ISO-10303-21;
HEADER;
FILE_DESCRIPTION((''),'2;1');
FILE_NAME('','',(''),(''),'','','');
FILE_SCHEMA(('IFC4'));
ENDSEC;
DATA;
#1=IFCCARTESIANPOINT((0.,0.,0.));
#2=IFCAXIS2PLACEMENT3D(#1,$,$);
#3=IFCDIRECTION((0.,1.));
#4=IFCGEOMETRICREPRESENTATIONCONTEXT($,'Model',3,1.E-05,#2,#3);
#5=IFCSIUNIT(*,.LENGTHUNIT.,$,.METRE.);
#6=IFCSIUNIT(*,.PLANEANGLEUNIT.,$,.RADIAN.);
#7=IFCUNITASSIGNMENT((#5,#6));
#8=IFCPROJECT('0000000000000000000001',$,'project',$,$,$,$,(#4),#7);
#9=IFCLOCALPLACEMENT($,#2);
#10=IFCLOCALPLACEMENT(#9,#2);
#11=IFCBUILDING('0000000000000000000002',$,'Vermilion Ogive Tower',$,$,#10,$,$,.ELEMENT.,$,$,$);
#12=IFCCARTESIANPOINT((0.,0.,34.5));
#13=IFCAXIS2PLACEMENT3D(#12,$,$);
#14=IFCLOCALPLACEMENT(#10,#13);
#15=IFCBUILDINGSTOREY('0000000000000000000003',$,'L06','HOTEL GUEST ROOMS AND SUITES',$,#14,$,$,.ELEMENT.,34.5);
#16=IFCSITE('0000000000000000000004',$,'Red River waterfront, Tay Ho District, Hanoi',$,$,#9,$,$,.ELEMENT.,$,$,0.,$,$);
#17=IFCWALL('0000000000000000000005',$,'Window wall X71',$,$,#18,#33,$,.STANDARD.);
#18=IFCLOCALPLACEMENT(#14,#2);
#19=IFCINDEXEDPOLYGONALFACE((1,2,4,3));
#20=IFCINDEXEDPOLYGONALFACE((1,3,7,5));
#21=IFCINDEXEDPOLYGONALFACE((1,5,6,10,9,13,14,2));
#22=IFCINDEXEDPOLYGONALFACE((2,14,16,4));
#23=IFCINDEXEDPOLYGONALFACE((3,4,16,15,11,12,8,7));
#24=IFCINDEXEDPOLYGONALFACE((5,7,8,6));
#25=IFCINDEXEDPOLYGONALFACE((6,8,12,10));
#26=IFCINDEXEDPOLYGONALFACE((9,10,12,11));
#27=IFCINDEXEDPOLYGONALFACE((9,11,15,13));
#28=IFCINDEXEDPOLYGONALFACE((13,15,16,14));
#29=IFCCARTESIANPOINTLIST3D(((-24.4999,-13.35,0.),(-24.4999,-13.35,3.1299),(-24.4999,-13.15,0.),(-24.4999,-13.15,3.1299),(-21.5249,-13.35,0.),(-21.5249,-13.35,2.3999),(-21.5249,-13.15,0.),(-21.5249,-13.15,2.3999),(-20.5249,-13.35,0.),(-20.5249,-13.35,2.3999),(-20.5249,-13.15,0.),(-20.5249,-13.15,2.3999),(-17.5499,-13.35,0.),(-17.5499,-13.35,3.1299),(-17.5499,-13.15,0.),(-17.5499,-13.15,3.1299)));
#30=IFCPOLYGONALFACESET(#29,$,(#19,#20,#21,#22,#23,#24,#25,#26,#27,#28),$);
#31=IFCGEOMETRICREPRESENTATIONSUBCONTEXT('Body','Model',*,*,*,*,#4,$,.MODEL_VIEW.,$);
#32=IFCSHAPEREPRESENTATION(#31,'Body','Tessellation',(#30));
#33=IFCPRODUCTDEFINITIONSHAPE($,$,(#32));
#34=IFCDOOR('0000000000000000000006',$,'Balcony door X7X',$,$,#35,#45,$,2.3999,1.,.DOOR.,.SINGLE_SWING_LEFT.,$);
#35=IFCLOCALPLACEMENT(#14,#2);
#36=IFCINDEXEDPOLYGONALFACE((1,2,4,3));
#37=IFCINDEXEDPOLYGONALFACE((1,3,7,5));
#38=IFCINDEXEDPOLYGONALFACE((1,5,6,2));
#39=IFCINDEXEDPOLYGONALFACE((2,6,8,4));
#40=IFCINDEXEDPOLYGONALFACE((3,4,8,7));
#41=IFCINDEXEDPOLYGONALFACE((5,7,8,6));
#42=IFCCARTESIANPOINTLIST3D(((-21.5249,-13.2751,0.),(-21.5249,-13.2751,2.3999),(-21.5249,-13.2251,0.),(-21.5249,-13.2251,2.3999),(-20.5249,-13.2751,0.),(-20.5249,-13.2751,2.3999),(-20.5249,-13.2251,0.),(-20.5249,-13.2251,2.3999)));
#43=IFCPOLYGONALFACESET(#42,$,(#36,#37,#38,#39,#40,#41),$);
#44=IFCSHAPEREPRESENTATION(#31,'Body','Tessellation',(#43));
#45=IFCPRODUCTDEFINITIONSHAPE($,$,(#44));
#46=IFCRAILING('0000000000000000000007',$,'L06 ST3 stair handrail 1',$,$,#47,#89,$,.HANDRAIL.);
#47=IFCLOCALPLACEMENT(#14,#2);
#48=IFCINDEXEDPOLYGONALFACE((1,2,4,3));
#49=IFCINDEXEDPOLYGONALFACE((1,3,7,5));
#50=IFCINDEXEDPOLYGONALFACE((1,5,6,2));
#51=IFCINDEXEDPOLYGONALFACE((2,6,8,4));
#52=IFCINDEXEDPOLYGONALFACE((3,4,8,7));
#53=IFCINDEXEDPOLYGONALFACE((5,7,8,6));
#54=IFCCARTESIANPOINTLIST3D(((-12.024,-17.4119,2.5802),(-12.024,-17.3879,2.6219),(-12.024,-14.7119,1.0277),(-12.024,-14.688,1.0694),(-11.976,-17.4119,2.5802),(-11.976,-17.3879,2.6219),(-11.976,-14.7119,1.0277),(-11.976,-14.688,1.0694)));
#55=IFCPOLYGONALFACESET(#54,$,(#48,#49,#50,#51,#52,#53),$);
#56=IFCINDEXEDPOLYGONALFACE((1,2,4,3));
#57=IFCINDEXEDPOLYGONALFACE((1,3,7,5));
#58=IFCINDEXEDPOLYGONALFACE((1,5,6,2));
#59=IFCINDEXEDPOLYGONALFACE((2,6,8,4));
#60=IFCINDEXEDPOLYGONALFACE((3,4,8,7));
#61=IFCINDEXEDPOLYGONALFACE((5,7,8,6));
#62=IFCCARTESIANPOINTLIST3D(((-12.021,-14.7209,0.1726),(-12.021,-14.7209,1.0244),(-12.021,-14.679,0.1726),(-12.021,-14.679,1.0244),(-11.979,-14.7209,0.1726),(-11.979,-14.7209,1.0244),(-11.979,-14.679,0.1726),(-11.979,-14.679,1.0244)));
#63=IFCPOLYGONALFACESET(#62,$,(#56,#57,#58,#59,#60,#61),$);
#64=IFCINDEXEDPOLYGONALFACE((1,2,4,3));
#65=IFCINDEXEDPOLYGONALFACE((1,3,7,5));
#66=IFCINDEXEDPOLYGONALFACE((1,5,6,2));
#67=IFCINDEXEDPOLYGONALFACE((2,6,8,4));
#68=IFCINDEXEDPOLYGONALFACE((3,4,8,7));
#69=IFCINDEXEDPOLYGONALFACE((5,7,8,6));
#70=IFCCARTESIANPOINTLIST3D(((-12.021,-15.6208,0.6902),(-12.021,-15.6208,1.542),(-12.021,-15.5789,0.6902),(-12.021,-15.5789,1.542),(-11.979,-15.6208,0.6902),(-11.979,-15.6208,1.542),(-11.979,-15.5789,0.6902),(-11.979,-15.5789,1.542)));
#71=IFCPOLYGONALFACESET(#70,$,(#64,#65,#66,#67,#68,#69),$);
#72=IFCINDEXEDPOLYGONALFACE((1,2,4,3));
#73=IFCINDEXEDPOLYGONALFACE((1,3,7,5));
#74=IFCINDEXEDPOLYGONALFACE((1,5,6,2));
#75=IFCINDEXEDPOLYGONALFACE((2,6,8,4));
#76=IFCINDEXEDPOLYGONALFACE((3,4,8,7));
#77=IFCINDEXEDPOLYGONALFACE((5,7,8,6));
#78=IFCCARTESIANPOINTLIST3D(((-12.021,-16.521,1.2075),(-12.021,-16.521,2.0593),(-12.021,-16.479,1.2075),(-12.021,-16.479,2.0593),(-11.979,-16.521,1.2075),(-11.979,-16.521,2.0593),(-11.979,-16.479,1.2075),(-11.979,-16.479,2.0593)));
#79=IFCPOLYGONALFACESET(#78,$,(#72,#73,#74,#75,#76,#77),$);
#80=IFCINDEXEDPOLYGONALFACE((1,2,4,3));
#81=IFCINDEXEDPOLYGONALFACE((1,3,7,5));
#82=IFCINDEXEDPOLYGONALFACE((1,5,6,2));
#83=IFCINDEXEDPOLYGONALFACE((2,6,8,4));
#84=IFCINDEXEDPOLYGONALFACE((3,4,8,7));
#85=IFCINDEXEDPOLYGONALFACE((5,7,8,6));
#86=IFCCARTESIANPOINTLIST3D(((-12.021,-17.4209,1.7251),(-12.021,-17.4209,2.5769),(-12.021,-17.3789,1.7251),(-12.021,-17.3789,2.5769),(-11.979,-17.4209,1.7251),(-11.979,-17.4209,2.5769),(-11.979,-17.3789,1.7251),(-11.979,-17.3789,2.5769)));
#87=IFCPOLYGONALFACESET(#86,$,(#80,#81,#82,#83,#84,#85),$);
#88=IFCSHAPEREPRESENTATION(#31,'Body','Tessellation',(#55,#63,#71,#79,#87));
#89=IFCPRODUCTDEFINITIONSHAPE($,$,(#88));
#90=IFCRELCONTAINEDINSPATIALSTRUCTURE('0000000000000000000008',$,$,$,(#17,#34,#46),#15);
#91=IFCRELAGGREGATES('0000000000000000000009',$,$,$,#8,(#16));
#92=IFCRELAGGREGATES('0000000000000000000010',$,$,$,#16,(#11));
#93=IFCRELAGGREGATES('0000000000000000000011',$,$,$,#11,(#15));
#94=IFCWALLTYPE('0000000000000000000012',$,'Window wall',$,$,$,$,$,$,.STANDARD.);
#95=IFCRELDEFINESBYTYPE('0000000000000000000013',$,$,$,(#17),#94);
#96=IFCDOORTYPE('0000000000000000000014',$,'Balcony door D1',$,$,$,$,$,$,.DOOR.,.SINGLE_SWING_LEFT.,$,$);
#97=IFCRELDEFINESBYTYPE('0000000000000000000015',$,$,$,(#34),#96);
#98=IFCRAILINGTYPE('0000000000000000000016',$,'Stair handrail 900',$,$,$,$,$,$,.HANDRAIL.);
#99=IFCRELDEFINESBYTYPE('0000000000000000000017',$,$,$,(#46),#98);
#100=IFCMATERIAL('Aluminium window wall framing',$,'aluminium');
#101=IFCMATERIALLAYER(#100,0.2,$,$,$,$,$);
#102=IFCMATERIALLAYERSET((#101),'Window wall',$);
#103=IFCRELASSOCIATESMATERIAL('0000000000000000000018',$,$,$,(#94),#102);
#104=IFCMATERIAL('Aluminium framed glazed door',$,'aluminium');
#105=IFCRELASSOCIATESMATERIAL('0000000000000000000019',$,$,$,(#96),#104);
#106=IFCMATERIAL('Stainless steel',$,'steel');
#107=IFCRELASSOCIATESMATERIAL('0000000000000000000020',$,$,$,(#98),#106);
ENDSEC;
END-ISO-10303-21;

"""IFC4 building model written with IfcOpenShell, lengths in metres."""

from ifc_helpers import new_model, si_unit, direction, frame, frame_2d, origin, origin_2d, place, context, subcontext, project, spatial, rectangle, extrude, material, layer, layer_set, type_object, element, fill, save


model = new_model("IFC4")

# Units and contexts
model_context = context("Model", 3, precision=1e-05, world=origin(), true_north=direction((0.0, 1.0)))
body_context = subcontext(model_context, "Body", "Model", "MODEL_VIEW")
ifc_project = project(units=[si_unit("LENGTHUNIT", "METRE"), si_unit("PLANEANGLEUNIT", "RADIAN")], contexts=[model_context])

# Site, building, storey
site_placement = place(None, origin())
site = spatial("IfcSite", under=ifc_project, at=site_placement, Name="Red River waterfront, Tay Ho District, Hanoi", CompositionType="ELEMENT", RefElevation=0.0)
building_placement = place(site_placement, origin())
building = spatial("IfcBuilding", under=site, at=building_placement, Name="Vermilion Ogive Tower", CompositionType="ELEMENT")
storey_placement = place(building_placement, frame((0.0, 0.0, 34.5)))
storey = spatial("IfcBuildingStorey", under=building, at=storey_placement, Name="L06", Description="HOTEL GUEST ROOMS AND SUITES", CompositionType="ELEMENT", Elevation=34.5)

# Wall, opening, door
ifc_material_1 = material(Name="Aluminium window wall framing", Category="aluminium")
ifc_layer_1 = layer(ifc_material_1, 0.2)
ifc_layer_set_1 = layer_set([ifc_layer_1], Name="Window wall")
wall_type_1 = type_object("IfcWallType", Name="Window wall", PredefinedType="STANDARD", material=ifc_layer_set_1)
wall_1_placement = place(storey_placement, frame((-24.5, -13.25, 0.0), z_axis=(0.0, 0.0, 1.0), x_axis=(1.0, 0.0, 0.0)))
wall_1 = element("IfcWall", 1, at=wall_1_placement, inside=storey, type_object=wall_type_1, Name="Window wall X71", PredefinedType="STANDARD", context=body_context, shape_type="SweptSolid", body=[
    extrude(rectangle(XDim=6.95, YDim=0.2, at=frame_2d((3.4751, 0.0))), origin(), (0.0, 0.0, 1.0), 3.1299),
])
opening_1_placement = place(wall_1_placement, frame((2.9751, 0.0, 0.0)))
opening_1 = element("IfcOpeningElement", 2, at=opening_1_placement, cuts=wall_1, PredefinedType="OPENING", context=body_context, shape_type="SweptSolid", body=[
    extrude(rectangle(XDim=1.0, YDim=2.3999, at=frame_2d((0.5, 1.2))), frame((0.0, 0.1099, 0.0), z_axis=(0.0, -1.0, 0.0), x_axis=(1.0, 0.0, 0.0)), (0.0, 0.0, 1.0), 0.22),
])
ifc_material_2 = material(Name="Aluminium framed glazed door", Category="aluminium")
door_type_1 = type_object("IfcDoorType", Name="Balcony door D1", OperationType="SINGLE_SWING_LEFT", PredefinedType="DOOR", material=ifc_material_2)
door_1_placement = place(opening_1_placement, origin())
door_1 = element("IfcDoor", 3, at=door_1_placement, inside=storey, type_object=door_type_1, Name="Balcony door X7X", OperationType="SINGLE_SWING_LEFT", OverallHeight=2.3999, OverallWidth=1.0, PredefinedType="DOOR", context=body_context, shape_type="SweptSolid", body=[
    extrude(rectangle(XDim=1.0, YDim=2.3999, at=frame_2d((0.5, 1.2))), frame((0.0, 0.0249, 0.0), z_axis=(0.0, -1.0, 0.0), x_axis=(1.0, 0.0, 0.0)), (0.0, 0.0, 1.0), 0.05),
])
fill(opening_1, door_1)

# Railing
ifc_material_3 = material(Name="Stainless steel", Category="steel")
railing_type = type_object("IfcRailingType", Name="Stair handrail 900", PredefinedType="HANDRAIL", material=ifc_material_3)
railing_placement = place(storey_placement, frame((-12.0, -14.7, 0.1726)))
element("IfcRailing", 4, at=railing_placement, inside=storey, type_object=railing_type, Name="L06 ST3 stair handrail 1", PredefinedType="HANDRAIL", context=body_context, shape_type="SweptSolid", body=[
    extrude(rectangle(XDim=0.0481, YDim=0.0481, at=origin_2d()), frame((0.0, 0.0, 0.876), z_axis=(0.0, -0.866904, 0.498476), x_axis=(1.0, 0.0, 0.0)), (0.0, 0.0, 1.0), 3.1145),
    extrude(rectangle(XDim=0.042, YDim=0.042, at=origin_2d()), origin(), (0.0, 0.0, 1.0), 0.8518),
    extrude(rectangle(XDim=0.042, YDim=0.042, at=origin_2d()), frame((0.0, -0.8999, 0.5176)), (0.0, 0.0, 1.0), 0.8518),
    extrude(rectangle(XDim=0.042, YDim=0.042, at=origin_2d()), frame((0.0, -1.8, 1.0349)), (0.0, 0.0, 1.0), 0.8518),
    extrude(rectangle(XDim=0.042, YDim=0.042, at=origin_2d()), frame((0.0, -2.7, 1.5525)), (0.0, 0.0, 1.0), 0.8518),
])

save(model, "model.ifc")
